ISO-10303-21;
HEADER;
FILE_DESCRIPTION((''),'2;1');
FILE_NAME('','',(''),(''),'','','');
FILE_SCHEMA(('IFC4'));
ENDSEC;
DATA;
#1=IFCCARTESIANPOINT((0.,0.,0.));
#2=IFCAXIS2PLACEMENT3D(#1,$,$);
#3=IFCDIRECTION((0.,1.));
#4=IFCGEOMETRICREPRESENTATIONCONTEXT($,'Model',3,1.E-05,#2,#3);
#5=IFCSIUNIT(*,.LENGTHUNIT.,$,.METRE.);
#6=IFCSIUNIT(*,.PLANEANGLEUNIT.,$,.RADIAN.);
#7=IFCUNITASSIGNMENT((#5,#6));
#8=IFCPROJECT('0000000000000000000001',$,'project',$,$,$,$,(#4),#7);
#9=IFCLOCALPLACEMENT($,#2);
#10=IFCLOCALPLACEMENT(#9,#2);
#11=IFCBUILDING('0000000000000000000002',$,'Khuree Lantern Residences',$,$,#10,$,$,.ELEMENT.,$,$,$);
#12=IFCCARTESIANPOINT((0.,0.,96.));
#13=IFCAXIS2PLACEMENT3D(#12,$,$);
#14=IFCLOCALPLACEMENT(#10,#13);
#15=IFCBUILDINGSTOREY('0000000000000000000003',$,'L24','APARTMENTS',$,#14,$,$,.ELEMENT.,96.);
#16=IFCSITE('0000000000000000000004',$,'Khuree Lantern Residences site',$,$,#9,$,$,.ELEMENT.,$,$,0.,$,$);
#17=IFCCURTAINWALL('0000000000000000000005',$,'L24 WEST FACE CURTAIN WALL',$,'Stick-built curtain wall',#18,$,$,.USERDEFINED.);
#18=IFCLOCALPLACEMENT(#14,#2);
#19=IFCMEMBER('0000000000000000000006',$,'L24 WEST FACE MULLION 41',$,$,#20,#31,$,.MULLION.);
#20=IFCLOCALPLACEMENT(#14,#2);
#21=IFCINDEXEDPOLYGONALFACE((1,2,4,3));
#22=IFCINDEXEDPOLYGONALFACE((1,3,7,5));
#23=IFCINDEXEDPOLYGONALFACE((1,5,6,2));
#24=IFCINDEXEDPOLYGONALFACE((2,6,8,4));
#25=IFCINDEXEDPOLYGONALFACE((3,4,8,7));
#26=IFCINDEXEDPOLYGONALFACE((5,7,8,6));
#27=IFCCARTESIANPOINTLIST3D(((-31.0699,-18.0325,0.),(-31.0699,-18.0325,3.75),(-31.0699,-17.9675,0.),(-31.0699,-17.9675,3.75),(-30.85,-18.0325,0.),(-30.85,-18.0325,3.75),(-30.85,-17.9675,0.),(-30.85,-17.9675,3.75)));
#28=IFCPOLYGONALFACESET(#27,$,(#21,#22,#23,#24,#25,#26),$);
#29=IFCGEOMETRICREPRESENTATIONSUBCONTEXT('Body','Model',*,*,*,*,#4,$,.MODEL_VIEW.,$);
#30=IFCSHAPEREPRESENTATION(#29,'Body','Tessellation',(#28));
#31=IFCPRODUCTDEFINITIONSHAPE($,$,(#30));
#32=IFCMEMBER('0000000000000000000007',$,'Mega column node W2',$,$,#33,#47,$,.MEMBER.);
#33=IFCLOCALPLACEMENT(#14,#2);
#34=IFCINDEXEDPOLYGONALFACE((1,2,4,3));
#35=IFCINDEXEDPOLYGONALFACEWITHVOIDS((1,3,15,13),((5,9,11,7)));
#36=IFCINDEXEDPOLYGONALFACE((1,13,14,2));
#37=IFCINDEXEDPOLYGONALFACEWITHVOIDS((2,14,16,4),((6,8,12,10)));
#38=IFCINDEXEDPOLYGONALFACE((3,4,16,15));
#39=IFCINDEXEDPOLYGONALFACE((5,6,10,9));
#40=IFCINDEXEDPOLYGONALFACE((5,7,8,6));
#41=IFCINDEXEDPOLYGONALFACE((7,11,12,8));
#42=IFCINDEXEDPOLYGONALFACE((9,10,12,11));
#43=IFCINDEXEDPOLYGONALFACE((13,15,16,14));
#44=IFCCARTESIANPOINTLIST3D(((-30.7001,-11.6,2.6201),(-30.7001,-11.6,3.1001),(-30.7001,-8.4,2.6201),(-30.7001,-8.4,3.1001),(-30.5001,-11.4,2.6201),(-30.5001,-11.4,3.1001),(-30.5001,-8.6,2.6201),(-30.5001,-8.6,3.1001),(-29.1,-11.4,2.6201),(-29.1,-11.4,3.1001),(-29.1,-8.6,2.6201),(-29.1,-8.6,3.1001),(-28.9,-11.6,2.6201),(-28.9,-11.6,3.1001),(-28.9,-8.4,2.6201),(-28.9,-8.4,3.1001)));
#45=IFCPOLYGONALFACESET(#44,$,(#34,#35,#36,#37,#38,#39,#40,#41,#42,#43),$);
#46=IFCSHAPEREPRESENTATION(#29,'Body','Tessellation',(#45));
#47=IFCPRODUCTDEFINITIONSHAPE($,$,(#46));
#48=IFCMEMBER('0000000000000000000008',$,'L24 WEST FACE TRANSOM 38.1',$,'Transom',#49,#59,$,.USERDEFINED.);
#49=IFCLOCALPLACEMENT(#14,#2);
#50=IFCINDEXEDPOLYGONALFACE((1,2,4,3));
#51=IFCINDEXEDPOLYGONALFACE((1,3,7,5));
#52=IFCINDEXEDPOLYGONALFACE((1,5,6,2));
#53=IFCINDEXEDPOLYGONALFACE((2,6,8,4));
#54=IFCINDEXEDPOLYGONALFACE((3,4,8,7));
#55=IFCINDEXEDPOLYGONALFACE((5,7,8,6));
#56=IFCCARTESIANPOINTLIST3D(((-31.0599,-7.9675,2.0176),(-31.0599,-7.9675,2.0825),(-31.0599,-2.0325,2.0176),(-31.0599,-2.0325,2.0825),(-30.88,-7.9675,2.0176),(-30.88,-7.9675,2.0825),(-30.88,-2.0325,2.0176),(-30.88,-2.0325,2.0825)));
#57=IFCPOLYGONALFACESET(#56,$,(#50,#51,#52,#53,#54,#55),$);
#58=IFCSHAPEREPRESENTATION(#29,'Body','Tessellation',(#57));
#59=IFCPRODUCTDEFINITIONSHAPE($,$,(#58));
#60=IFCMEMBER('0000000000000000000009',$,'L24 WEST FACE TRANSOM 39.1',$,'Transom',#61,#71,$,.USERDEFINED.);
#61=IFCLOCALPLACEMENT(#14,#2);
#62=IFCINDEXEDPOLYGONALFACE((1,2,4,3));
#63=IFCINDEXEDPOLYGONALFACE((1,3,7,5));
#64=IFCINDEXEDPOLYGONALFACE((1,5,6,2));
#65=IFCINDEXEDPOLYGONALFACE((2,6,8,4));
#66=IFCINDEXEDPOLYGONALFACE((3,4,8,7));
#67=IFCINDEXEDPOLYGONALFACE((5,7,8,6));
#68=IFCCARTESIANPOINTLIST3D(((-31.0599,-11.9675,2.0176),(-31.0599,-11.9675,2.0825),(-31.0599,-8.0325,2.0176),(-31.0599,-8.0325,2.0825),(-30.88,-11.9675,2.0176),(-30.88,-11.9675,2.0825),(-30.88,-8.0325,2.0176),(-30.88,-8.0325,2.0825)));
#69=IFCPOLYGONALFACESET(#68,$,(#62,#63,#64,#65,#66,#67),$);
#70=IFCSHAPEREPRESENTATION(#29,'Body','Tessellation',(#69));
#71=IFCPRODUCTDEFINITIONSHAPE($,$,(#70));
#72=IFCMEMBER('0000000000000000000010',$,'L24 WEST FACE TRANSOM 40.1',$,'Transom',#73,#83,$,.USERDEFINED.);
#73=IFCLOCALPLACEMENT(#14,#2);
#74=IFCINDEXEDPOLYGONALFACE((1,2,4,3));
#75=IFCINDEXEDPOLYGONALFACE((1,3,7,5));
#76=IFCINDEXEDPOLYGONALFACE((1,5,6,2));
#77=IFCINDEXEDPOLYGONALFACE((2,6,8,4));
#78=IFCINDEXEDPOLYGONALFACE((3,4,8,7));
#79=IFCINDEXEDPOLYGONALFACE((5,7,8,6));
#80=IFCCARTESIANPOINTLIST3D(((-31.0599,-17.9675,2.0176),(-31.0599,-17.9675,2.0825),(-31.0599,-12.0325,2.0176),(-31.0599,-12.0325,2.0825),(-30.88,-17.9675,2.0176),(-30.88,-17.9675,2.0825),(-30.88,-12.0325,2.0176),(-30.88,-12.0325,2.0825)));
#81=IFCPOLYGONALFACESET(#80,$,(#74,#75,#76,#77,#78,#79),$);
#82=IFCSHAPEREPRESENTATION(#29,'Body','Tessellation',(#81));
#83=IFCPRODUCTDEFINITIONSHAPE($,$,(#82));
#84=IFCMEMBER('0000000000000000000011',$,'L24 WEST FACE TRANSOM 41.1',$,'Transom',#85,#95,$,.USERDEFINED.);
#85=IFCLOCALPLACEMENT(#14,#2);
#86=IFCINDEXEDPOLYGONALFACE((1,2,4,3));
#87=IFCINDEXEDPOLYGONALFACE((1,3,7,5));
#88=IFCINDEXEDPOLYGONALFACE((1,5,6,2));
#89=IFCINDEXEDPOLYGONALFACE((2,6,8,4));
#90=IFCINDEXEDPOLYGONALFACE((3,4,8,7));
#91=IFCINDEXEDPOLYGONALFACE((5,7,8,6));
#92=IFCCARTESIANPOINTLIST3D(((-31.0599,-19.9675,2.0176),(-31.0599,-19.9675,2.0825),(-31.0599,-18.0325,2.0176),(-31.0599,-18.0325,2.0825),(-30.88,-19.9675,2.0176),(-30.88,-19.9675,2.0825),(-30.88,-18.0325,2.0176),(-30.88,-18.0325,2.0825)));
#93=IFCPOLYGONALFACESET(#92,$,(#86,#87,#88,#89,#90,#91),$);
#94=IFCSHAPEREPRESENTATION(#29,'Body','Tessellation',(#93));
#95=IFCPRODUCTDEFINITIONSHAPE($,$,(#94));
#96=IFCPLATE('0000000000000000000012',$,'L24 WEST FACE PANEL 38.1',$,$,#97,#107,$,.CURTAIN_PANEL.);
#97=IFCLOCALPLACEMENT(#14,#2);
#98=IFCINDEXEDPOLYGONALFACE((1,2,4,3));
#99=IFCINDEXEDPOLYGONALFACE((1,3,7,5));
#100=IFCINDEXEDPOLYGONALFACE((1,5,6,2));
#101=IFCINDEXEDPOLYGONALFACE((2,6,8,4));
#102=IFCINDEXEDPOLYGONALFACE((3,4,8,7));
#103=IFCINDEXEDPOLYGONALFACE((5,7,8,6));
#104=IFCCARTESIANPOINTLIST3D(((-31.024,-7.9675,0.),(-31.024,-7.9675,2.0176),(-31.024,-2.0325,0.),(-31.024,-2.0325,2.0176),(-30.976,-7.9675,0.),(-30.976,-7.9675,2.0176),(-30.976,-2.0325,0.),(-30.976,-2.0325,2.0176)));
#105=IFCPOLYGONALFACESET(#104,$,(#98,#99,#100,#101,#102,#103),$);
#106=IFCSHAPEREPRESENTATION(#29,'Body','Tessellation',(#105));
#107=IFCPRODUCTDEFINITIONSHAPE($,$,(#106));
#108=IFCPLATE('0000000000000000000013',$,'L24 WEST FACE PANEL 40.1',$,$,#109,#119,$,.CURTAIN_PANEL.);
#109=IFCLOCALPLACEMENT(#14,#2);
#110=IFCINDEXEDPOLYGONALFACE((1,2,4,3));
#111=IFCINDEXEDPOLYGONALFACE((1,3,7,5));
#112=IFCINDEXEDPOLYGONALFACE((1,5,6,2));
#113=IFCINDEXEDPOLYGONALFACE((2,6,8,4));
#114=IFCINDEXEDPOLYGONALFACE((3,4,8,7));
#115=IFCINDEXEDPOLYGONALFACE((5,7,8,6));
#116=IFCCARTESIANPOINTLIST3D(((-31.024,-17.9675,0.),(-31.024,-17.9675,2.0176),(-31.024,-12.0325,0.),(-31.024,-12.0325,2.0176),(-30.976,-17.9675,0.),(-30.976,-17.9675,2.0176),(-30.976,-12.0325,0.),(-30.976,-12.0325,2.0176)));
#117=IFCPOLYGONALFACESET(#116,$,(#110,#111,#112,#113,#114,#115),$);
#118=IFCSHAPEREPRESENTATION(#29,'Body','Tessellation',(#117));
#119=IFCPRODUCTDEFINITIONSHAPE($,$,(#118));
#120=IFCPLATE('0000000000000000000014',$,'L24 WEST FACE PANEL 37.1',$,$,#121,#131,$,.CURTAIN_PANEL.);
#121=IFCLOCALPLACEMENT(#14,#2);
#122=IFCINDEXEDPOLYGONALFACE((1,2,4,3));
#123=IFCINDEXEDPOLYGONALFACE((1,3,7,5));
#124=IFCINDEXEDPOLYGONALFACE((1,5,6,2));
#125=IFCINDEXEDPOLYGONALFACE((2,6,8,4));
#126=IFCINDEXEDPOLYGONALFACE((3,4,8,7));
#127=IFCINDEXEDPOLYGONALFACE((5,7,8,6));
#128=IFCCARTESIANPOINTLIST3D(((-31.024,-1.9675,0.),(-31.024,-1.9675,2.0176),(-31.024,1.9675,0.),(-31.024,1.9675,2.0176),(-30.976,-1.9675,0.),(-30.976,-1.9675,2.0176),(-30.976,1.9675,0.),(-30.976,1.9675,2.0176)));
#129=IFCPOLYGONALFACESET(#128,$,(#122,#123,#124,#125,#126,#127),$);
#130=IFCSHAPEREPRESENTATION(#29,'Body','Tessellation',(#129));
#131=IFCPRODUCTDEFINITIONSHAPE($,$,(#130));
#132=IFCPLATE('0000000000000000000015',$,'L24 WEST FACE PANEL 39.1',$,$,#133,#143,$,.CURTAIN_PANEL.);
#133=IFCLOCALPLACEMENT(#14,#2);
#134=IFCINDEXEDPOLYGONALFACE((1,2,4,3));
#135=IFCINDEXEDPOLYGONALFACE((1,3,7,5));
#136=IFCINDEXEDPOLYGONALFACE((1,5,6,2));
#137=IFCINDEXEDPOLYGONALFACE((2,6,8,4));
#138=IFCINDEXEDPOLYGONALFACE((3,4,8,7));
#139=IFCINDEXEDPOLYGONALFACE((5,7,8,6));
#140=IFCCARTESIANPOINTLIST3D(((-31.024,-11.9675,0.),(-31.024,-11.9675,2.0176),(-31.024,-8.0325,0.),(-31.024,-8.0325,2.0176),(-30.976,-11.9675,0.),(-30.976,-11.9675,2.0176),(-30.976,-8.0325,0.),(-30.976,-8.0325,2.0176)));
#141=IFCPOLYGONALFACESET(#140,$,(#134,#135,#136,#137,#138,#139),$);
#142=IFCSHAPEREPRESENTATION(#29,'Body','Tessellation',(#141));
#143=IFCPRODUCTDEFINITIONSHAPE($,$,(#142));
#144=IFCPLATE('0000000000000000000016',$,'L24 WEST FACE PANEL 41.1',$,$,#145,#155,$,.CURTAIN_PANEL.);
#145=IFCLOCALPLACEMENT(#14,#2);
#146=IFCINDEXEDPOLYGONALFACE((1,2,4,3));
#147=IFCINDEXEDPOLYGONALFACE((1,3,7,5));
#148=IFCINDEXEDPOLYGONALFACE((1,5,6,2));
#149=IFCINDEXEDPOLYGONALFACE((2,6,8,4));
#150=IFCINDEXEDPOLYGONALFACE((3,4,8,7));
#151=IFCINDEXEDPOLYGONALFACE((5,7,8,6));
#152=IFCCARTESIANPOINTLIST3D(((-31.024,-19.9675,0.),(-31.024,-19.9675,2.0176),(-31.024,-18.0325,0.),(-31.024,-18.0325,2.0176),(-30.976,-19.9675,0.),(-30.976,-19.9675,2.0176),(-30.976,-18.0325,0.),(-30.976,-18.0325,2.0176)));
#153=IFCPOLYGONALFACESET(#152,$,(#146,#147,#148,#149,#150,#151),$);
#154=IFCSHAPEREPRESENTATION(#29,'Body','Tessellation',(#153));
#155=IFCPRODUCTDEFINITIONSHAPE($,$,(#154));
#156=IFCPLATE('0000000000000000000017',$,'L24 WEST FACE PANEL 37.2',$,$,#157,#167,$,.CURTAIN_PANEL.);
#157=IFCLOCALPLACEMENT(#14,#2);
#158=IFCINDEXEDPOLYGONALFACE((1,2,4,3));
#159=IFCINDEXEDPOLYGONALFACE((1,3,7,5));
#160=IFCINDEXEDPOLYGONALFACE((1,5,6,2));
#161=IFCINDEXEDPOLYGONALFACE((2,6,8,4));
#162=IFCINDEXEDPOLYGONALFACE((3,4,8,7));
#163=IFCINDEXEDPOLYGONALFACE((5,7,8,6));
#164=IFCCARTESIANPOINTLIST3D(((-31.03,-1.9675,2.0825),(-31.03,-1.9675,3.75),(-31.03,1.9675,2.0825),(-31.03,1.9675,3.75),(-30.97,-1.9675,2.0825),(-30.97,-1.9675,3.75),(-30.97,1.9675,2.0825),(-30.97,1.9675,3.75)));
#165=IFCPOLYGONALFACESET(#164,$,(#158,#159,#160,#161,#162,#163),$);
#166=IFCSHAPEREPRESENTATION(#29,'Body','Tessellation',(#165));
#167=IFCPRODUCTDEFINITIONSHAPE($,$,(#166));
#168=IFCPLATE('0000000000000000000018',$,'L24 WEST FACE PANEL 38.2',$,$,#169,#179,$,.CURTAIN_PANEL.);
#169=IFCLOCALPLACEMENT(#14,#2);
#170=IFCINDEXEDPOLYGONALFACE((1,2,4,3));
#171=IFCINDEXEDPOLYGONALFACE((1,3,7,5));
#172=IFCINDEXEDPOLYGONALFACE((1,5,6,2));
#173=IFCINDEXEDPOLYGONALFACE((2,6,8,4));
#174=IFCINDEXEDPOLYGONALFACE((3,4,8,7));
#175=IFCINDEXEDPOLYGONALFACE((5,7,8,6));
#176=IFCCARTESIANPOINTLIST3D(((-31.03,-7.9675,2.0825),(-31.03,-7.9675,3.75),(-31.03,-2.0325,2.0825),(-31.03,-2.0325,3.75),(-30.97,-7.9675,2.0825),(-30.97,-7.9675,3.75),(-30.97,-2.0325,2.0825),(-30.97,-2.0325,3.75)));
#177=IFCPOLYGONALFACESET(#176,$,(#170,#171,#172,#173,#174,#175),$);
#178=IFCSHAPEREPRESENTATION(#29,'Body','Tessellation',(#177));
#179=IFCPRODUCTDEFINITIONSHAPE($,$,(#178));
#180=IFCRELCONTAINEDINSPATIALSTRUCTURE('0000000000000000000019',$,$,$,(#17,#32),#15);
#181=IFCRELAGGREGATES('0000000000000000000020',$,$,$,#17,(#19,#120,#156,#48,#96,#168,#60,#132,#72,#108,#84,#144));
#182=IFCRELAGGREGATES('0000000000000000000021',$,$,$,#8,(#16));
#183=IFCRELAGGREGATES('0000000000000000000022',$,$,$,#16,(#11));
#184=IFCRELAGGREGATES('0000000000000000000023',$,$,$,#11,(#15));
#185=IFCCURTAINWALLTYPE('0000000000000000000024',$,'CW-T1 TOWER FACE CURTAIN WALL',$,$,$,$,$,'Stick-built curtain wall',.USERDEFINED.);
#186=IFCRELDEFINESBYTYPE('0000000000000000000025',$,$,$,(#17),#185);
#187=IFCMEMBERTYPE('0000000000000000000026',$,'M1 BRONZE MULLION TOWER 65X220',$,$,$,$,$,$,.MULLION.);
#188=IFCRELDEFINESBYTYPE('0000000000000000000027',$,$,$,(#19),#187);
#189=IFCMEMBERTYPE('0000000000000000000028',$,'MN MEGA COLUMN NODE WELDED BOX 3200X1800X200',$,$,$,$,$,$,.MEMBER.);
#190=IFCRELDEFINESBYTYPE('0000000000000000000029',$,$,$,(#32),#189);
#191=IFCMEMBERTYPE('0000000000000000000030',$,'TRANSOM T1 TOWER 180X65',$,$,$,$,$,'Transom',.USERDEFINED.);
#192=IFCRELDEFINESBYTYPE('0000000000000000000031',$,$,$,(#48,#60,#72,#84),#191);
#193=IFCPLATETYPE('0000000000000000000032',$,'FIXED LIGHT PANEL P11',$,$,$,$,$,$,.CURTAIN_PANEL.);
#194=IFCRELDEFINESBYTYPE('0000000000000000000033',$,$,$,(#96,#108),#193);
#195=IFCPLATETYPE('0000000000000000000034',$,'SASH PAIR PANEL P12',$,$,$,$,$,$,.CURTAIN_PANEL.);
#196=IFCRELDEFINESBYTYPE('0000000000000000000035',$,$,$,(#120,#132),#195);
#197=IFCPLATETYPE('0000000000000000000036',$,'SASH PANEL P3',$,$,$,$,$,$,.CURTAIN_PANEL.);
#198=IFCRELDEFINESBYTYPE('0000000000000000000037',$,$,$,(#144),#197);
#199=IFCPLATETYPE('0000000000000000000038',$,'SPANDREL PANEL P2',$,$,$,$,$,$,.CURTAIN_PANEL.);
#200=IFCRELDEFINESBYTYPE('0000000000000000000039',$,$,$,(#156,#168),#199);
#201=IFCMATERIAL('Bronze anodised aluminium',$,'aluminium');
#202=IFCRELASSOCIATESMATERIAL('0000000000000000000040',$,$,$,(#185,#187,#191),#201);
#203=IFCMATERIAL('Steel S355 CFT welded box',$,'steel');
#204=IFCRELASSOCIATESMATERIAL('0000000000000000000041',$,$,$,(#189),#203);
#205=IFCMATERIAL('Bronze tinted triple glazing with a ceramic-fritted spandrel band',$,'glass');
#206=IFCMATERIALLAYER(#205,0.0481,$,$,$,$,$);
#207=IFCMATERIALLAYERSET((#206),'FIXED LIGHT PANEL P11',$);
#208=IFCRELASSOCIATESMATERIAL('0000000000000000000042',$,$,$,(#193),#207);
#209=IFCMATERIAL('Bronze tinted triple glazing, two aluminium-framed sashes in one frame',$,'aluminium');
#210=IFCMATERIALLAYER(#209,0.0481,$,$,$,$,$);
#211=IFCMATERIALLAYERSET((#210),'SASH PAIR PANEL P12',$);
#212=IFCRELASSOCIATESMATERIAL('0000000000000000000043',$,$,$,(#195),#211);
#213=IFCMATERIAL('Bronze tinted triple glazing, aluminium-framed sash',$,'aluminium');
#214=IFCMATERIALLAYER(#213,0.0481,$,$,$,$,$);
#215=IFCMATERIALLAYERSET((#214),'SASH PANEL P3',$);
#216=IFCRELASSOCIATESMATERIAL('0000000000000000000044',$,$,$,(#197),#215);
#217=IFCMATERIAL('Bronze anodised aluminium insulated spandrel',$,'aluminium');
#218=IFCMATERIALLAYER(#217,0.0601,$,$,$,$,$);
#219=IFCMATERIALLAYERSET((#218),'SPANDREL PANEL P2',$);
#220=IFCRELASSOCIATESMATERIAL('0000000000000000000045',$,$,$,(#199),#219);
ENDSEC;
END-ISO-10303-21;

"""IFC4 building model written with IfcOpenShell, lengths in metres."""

from ifc_helpers import new_model, si_unit, direction, frame, origin, origin_2d, place, context, subcontext, project, spatial, rectangle, hollow_rectangle, extrude, material, layer, layer_set, material_profile, profile_set, type_object, element, aggregate, save


model = new_model("IFC4")

# Units and contexts
model_context = context("Model", 3, precision=1e-05, world=origin(), true_north=direction((0.0, 1.0)))
body_context = subcontext(model_context, "Body", "Model", "MODEL_VIEW")
ifc_project = project(units=[si_unit("LENGTHUNIT", "METRE"), si_unit("PLANEANGLEUNIT", "RADIAN")], contexts=[model_context])

# Site, building, storey
site_placement = place(None, origin())
site = spatial("IfcSite", under=ifc_project, at=site_placement, Name="Khuree Lantern Residences site", CompositionType="ELEMENT", RefElevation=0.0)
building_placement = place(site_placement, origin())
building = spatial("IfcBuilding", under=site, at=building_placement, Name="Khuree Lantern Residences", CompositionType="ELEMENT")
storey_placement = place(building_placement, frame((0.0, 0.0, 96.0)))
storey = spatial("IfcBuildingStorey", under=building, at=storey_placement, Name="L24", Description="APARTMENTS", CompositionType="ELEMENT", Elevation=96.0)

# Shared definitions
ifc_material_1 = material(Name="Steel S355 CFT welded box", Category="steel")

# Curtain wall
ifc_material_2 = material(Name="Bronze anodised aluminium", Category="aluminium")
curtain_wall_type = type_object("IfcCurtainWallType", Name="CW-T1 TOWER FACE CURTAIN WALL", ElementType="Stick-built curtain wall", PredefinedType="USERDEFINED", material=ifc_material_2)
curtain_wall_placement = place(storey_placement, origin())
curtain_wall = element("IfcCurtainWall", 1, at=curtain_wall_placement, inside=storey, type_object=curtain_wall_type, Name="L24 WEST FACE CURTAIN WALL", ObjectType="Stick-built curtain wall", PredefinedType="USERDEFINED")

# Members
ifc_material_profile_1 = material_profile(ifc_material_2, rectangle(XDim=0.0649, YDim=0.22, at=origin_2d()), Name="M1 65X220")
ifc_profile_set_1 = profile_set([ifc_material_profile_1], Name="Bronze anodised aluminium")
member_type_1 = type_object("IfcMemberType", Name="M1 BRONZE MULLION TOWER 65X220", PredefinedType="MULLION", material=ifc_profile_set_1)
member_1_placement = place(storey_placement, frame((-30.96, -18.0, 0.0), z_axis=(0.0, 0.0, 1.0), x_axis=(0.0, -1.0, 0.0)))
member_1 = element("IfcMember", 2, at=member_1_placement, type_object=member_type_1, Name="L24 WEST FACE MULLION 41", PredefinedType="MULLION", context=body_context, shape_type="SweptSolid", body=[
    extrude(rectangle(XDim=0.0649, YDim=0.22, at=origin_2d()), origin(), (0.0, 0.0, 1.0), 3.75),
])
ifc_material_profile_2 = material_profile(ifc_material_1, hollow_rectangle(XDim=3.2, YDim=1.8, WallThickness=0.2, at=origin_2d()), Name="WELDED BOX 3200X1800X200")
ifc_profile_set_2 = profile_set([ifc_material_profile_2], Name="Steel S355 CFT welded box")
member_type_2 = type_object("IfcMemberType", Name="MN MEGA COLUMN NODE WELDED BOX 3200X1800X200", PredefinedType="MEMBER", material=ifc_profile_set_2)
member_2_placement = place(storey_placement, frame((-29.8, -10.0, 2.6201), z_axis=(0.0, 0.0, 1.0), x_axis=(0.0, 1.0, 0.0)))
element("IfcMember", 3, at=member_2_placement, inside=storey, type_object=member_type_2, Name="Mega column node W2", PredefinedType="MEMBER", context=body_context, shape_type="SweptSolid", body=[
    extrude(hollow_rectangle(XDim=3.2, YDim=1.8, WallThickness=0.2, at=origin_2d()), origin(), (0.0, 0.0, 1.0), 0.48),
])
ifc_material_profile_3 = material_profile(ifc_material_2, rectangle(XDim=0.1799, YDim=0.0649, at=origin_2d()), Name="T1 180X65")
ifc_profile_set_3 = profile_set([ifc_material_profile_3], Name="Bronze anodised aluminium")
member_type_3 = type_object("IfcMemberType", Name="TRANSOM T1 TOWER 180X65", ElementType="Transom", PredefinedType="USERDEFINED", material=ifc_profile_set_3)
member_3_placement = place(storey_placement, frame((-30.97, -2.0325, 2.05), z_axis=(0.0, -1.0, 0.0), x_axis=(1.0, 0.0, 0.0)))
member_3 = element("IfcMember", 4, at=member_3_placement, type_object=member_type_3, Name="L24 WEST FACE TRANSOM 38.1", ObjectType="Transom", PredefinedType="USERDEFINED", context=body_context, shape_type="SweptSolid", body=[
    extrude(rectangle(XDim=0.1799, YDim=0.0649, at=origin_2d()), origin(), (0.0, 0.0, 1.0), 5.9351),
])
member_4_placement = place(storey_placement, frame((-30.97, -8.0325, 2.05), z_axis=(0.0, -1.0, 0.0), x_axis=(1.0, 0.0, 0.0)))
member_4 = element("IfcMember", 5, at=member_4_placement, type_object=member_type_3, Name="L24 WEST FACE TRANSOM 39.1", ObjectType="Transom", PredefinedType="USERDEFINED", context=body_context, shape_type="SweptSolid", body=[
    extrude(rectangle(XDim=0.1799, YDim=0.0649, at=origin_2d()), origin(), (0.0, 0.0, 1.0), 3.9351),
])
member_5_placement = place(storey_placement, frame((-30.97, -12.0325, 2.05), z_axis=(0.0, -1.0, 0.0), x_axis=(1.0, 0.0, 0.0)))
member_5 = element("IfcMember", 6, at=member_5_placement, type_object=member_type_3, Name="L24 WEST FACE TRANSOM 40.1", ObjectType="Transom", PredefinedType="USERDEFINED", context=body_context, shape_type="SweptSolid", body=[
    extrude(rectangle(XDim=0.1799, YDim=0.0649, at=origin_2d()), origin(), (0.0, 0.0, 1.0), 5.9351),
])
member_6_placement = place(storey_placement, frame((-30.97, -18.0325, 2.05), z_axis=(0.0, -1.0, 0.0), x_axis=(1.0, 0.0, 0.0)))
member_6 = element("IfcMember", 7, at=member_6_placement, type_object=member_type_3, Name="L24 WEST FACE TRANSOM 41.1", ObjectType="Transom", PredefinedType="USERDEFINED", context=body_context, shape_type="SweptSolid", body=[
    extrude(rectangle(XDim=0.1799, YDim=0.0649, at=origin_2d()), origin(), (0.0, 0.0, 1.0), 1.9351),
])

# Plates
ifc_material_3 = material(Name="Bronze tinted triple glazing with a ceramic-fritted spandrel band", Category="glass")
ifc_layer_1 = layer(ifc_material_3, 0.0481)
ifc_layer_set_1 = layer_set([ifc_layer_1], Name="FIXED LIGHT PANEL P11")
plate_type_1 = type_object("IfcPlateType", Name="FIXED LIGHT PANEL P11", PredefinedType="CURTAIN_PANEL", material=ifc_layer_set_1)
plate_1_placement = place(storey_placement, frame((-31.0, -5.0, 0.0), z_axis=(0.0, 0.0, 1.0), x_axis=(0.0, -1.0, 0.0)))
plate_1 = element("IfcPlate", 8, at=plate_1_placement, type_object=plate_type_1, Name="L24 WEST FACE PANEL 38.1", PredefinedType="CURTAIN_PANEL", context=body_context, shape_type="SweptSolid", body=[
    extrude(rectangle(XDim=5.9351, YDim=0.0481, at=origin_2d()), origin(), (0.0, 0.0, 1.0), 2.0176),
])
plate_2_placement = place(storey_placement, frame((-31.0, -15.0, 0.0), z_axis=(0.0, 0.0, 1.0), x_axis=(0.0, -1.0, 0.0)))
plate_2 = element("IfcPlate", 9, at=plate_2_placement, type_object=plate_type_1, Name="L24 WEST FACE PANEL 40.1", PredefinedType="CURTAIN_PANEL", context=body_context, shape_type="SweptSolid", body=[
    extrude(rectangle(XDim=5.9351, YDim=0.0481, at=origin_2d()), origin(), (0.0, 0.0, 1.0), 2.0176),
])
ifc_material_4 = material(Name="Bronze tinted triple glazing, two aluminium-framed sashes in one frame", Category="aluminium")
ifc_layer_2 = layer(ifc_material_4, 0.0481)
ifc_layer_set_2 = layer_set([ifc_layer_2], Name="SASH PAIR PANEL P12")
plate_type_2 = type_object("IfcPlateType", Name="SASH PAIR PANEL P12", PredefinedType="CURTAIN_PANEL", material=ifc_layer_set_2)
plate_3_placement = place(storey_placement, frame((-31.0, 0.0, 0.0), z_axis=(0.0, 0.0, 1.0), x_axis=(0.0, -1.0, 0.0)))
plate_3 = element("IfcPlate", 10, at=plate_3_placement, type_object=plate_type_2, Name="L24 WEST FACE PANEL 37.1", PredefinedType="CURTAIN_PANEL", context=body_context, shape_type="SweptSolid", body=[
    extrude(rectangle(XDim=3.9351, YDim=0.0481, at=origin_2d()), origin(), (0.0, 0.0, 1.0), 2.0176),
])
plate_4_placement = place(storey_placement, frame((-31.0, -10.0, 0.0), z_axis=(0.0, 0.0, 1.0), x_axis=(0.0, -1.0, 0.0)))
plate_4 = element("IfcPlate", 11, at=plate_4_placement, type_object=plate_type_2, Name="L24 WEST FACE PANEL 39.1", PredefinedType="CURTAIN_PANEL", context=body_context, shape_type="SweptSolid", body=[
    extrude(rectangle(XDim=3.9351, YDim=0.0481, at=origin_2d()), origin(), (0.0, 0.0, 1.0), 2.0176),
])
ifc_material_5 = material(Name="Bronze tinted triple glazing, aluminium-framed sash", Category="aluminium")
ifc_layer_3 = layer(ifc_material_5, 0.0481)
ifc_layer_set_3 = layer_set([ifc_layer_3], Name="SASH PANEL P3")
plate_type_3 = type_object("IfcPlateType", Name="SASH PANEL P3", PredefinedType="CURTAIN_PANEL", material=ifc_layer_set_3)
plate_5_placement = place(storey_placement, frame((-31.0, -19.0, 0.0), z_axis=(0.0, 0.0, 1.0), x_axis=(0.0, -1.0, 0.0)))
plate_5 = element("IfcPlate", 12, at=plate_5_placement, type_object=plate_type_3, Name="L24 WEST FACE PANEL 41.1", PredefinedType="CURTAIN_PANEL", context=body_context, shape_type="SweptSolid", body=[
    extrude(rectangle(XDim=1.9351, YDim=0.0481, at=origin_2d()), origin(), (0.0, 0.0, 1.0), 2.0176),
])
ifc_material_6 = material(Name="Bronze anodised aluminium insulated spandrel", Category="aluminium")
ifc_layer_4 = layer(ifc_material_6, 0.0601)
ifc_layer_set_4 = layer_set([ifc_layer_4], Name="SPANDREL PANEL P2")
plate_type_4 = type_object("IfcPlateType", Name="SPANDREL PANEL P2", PredefinedType="CURTAIN_PANEL", material=ifc_layer_set_4)
plate_6_placement = place(storey_placement, frame((-31.0, 0.0, 2.0825), z_axis=(0.0, 0.0, 1.0), x_axis=(0.0, -1.0, 0.0)))
plate_6 = element("IfcPlate", 13, at=plate_6_placement, type_object=plate_type_4, Name="L24 WEST FACE PANEL 37.2", PredefinedType="CURTAIN_PANEL", context=body_context, shape_type="SweptSolid", body=[
    extrude(rectangle(XDim=3.9351, YDim=0.0601, at=origin_2d()), origin(), (0.0, 0.0, 1.0), 1.6675),
])
plate_7_placement = place(storey_placement, frame((-31.0, -5.0, 2.0825), z_axis=(0.0, 0.0, 1.0), x_axis=(0.0, -1.0, 0.0)))
plate_7 = element("IfcPlate", 14, at=plate_7_placement, type_object=plate_type_4, Name="L24 WEST FACE PANEL 38.2", PredefinedType="CURTAIN_PANEL", context=body_context, shape_type="SweptSolid", body=[
    extrude(rectangle(XDim=5.9351, YDim=0.0601, at=origin_2d()), origin(), (0.0, 0.0, 1.0), 1.6675),
])
aggregate(curtain_wall, [member_1, plate_3, plate_6, member_3, plate_1, plate_7, member_4, plate_4, member_5, plate_2, member_6, plate_5])

save(model, "model.ifc")
